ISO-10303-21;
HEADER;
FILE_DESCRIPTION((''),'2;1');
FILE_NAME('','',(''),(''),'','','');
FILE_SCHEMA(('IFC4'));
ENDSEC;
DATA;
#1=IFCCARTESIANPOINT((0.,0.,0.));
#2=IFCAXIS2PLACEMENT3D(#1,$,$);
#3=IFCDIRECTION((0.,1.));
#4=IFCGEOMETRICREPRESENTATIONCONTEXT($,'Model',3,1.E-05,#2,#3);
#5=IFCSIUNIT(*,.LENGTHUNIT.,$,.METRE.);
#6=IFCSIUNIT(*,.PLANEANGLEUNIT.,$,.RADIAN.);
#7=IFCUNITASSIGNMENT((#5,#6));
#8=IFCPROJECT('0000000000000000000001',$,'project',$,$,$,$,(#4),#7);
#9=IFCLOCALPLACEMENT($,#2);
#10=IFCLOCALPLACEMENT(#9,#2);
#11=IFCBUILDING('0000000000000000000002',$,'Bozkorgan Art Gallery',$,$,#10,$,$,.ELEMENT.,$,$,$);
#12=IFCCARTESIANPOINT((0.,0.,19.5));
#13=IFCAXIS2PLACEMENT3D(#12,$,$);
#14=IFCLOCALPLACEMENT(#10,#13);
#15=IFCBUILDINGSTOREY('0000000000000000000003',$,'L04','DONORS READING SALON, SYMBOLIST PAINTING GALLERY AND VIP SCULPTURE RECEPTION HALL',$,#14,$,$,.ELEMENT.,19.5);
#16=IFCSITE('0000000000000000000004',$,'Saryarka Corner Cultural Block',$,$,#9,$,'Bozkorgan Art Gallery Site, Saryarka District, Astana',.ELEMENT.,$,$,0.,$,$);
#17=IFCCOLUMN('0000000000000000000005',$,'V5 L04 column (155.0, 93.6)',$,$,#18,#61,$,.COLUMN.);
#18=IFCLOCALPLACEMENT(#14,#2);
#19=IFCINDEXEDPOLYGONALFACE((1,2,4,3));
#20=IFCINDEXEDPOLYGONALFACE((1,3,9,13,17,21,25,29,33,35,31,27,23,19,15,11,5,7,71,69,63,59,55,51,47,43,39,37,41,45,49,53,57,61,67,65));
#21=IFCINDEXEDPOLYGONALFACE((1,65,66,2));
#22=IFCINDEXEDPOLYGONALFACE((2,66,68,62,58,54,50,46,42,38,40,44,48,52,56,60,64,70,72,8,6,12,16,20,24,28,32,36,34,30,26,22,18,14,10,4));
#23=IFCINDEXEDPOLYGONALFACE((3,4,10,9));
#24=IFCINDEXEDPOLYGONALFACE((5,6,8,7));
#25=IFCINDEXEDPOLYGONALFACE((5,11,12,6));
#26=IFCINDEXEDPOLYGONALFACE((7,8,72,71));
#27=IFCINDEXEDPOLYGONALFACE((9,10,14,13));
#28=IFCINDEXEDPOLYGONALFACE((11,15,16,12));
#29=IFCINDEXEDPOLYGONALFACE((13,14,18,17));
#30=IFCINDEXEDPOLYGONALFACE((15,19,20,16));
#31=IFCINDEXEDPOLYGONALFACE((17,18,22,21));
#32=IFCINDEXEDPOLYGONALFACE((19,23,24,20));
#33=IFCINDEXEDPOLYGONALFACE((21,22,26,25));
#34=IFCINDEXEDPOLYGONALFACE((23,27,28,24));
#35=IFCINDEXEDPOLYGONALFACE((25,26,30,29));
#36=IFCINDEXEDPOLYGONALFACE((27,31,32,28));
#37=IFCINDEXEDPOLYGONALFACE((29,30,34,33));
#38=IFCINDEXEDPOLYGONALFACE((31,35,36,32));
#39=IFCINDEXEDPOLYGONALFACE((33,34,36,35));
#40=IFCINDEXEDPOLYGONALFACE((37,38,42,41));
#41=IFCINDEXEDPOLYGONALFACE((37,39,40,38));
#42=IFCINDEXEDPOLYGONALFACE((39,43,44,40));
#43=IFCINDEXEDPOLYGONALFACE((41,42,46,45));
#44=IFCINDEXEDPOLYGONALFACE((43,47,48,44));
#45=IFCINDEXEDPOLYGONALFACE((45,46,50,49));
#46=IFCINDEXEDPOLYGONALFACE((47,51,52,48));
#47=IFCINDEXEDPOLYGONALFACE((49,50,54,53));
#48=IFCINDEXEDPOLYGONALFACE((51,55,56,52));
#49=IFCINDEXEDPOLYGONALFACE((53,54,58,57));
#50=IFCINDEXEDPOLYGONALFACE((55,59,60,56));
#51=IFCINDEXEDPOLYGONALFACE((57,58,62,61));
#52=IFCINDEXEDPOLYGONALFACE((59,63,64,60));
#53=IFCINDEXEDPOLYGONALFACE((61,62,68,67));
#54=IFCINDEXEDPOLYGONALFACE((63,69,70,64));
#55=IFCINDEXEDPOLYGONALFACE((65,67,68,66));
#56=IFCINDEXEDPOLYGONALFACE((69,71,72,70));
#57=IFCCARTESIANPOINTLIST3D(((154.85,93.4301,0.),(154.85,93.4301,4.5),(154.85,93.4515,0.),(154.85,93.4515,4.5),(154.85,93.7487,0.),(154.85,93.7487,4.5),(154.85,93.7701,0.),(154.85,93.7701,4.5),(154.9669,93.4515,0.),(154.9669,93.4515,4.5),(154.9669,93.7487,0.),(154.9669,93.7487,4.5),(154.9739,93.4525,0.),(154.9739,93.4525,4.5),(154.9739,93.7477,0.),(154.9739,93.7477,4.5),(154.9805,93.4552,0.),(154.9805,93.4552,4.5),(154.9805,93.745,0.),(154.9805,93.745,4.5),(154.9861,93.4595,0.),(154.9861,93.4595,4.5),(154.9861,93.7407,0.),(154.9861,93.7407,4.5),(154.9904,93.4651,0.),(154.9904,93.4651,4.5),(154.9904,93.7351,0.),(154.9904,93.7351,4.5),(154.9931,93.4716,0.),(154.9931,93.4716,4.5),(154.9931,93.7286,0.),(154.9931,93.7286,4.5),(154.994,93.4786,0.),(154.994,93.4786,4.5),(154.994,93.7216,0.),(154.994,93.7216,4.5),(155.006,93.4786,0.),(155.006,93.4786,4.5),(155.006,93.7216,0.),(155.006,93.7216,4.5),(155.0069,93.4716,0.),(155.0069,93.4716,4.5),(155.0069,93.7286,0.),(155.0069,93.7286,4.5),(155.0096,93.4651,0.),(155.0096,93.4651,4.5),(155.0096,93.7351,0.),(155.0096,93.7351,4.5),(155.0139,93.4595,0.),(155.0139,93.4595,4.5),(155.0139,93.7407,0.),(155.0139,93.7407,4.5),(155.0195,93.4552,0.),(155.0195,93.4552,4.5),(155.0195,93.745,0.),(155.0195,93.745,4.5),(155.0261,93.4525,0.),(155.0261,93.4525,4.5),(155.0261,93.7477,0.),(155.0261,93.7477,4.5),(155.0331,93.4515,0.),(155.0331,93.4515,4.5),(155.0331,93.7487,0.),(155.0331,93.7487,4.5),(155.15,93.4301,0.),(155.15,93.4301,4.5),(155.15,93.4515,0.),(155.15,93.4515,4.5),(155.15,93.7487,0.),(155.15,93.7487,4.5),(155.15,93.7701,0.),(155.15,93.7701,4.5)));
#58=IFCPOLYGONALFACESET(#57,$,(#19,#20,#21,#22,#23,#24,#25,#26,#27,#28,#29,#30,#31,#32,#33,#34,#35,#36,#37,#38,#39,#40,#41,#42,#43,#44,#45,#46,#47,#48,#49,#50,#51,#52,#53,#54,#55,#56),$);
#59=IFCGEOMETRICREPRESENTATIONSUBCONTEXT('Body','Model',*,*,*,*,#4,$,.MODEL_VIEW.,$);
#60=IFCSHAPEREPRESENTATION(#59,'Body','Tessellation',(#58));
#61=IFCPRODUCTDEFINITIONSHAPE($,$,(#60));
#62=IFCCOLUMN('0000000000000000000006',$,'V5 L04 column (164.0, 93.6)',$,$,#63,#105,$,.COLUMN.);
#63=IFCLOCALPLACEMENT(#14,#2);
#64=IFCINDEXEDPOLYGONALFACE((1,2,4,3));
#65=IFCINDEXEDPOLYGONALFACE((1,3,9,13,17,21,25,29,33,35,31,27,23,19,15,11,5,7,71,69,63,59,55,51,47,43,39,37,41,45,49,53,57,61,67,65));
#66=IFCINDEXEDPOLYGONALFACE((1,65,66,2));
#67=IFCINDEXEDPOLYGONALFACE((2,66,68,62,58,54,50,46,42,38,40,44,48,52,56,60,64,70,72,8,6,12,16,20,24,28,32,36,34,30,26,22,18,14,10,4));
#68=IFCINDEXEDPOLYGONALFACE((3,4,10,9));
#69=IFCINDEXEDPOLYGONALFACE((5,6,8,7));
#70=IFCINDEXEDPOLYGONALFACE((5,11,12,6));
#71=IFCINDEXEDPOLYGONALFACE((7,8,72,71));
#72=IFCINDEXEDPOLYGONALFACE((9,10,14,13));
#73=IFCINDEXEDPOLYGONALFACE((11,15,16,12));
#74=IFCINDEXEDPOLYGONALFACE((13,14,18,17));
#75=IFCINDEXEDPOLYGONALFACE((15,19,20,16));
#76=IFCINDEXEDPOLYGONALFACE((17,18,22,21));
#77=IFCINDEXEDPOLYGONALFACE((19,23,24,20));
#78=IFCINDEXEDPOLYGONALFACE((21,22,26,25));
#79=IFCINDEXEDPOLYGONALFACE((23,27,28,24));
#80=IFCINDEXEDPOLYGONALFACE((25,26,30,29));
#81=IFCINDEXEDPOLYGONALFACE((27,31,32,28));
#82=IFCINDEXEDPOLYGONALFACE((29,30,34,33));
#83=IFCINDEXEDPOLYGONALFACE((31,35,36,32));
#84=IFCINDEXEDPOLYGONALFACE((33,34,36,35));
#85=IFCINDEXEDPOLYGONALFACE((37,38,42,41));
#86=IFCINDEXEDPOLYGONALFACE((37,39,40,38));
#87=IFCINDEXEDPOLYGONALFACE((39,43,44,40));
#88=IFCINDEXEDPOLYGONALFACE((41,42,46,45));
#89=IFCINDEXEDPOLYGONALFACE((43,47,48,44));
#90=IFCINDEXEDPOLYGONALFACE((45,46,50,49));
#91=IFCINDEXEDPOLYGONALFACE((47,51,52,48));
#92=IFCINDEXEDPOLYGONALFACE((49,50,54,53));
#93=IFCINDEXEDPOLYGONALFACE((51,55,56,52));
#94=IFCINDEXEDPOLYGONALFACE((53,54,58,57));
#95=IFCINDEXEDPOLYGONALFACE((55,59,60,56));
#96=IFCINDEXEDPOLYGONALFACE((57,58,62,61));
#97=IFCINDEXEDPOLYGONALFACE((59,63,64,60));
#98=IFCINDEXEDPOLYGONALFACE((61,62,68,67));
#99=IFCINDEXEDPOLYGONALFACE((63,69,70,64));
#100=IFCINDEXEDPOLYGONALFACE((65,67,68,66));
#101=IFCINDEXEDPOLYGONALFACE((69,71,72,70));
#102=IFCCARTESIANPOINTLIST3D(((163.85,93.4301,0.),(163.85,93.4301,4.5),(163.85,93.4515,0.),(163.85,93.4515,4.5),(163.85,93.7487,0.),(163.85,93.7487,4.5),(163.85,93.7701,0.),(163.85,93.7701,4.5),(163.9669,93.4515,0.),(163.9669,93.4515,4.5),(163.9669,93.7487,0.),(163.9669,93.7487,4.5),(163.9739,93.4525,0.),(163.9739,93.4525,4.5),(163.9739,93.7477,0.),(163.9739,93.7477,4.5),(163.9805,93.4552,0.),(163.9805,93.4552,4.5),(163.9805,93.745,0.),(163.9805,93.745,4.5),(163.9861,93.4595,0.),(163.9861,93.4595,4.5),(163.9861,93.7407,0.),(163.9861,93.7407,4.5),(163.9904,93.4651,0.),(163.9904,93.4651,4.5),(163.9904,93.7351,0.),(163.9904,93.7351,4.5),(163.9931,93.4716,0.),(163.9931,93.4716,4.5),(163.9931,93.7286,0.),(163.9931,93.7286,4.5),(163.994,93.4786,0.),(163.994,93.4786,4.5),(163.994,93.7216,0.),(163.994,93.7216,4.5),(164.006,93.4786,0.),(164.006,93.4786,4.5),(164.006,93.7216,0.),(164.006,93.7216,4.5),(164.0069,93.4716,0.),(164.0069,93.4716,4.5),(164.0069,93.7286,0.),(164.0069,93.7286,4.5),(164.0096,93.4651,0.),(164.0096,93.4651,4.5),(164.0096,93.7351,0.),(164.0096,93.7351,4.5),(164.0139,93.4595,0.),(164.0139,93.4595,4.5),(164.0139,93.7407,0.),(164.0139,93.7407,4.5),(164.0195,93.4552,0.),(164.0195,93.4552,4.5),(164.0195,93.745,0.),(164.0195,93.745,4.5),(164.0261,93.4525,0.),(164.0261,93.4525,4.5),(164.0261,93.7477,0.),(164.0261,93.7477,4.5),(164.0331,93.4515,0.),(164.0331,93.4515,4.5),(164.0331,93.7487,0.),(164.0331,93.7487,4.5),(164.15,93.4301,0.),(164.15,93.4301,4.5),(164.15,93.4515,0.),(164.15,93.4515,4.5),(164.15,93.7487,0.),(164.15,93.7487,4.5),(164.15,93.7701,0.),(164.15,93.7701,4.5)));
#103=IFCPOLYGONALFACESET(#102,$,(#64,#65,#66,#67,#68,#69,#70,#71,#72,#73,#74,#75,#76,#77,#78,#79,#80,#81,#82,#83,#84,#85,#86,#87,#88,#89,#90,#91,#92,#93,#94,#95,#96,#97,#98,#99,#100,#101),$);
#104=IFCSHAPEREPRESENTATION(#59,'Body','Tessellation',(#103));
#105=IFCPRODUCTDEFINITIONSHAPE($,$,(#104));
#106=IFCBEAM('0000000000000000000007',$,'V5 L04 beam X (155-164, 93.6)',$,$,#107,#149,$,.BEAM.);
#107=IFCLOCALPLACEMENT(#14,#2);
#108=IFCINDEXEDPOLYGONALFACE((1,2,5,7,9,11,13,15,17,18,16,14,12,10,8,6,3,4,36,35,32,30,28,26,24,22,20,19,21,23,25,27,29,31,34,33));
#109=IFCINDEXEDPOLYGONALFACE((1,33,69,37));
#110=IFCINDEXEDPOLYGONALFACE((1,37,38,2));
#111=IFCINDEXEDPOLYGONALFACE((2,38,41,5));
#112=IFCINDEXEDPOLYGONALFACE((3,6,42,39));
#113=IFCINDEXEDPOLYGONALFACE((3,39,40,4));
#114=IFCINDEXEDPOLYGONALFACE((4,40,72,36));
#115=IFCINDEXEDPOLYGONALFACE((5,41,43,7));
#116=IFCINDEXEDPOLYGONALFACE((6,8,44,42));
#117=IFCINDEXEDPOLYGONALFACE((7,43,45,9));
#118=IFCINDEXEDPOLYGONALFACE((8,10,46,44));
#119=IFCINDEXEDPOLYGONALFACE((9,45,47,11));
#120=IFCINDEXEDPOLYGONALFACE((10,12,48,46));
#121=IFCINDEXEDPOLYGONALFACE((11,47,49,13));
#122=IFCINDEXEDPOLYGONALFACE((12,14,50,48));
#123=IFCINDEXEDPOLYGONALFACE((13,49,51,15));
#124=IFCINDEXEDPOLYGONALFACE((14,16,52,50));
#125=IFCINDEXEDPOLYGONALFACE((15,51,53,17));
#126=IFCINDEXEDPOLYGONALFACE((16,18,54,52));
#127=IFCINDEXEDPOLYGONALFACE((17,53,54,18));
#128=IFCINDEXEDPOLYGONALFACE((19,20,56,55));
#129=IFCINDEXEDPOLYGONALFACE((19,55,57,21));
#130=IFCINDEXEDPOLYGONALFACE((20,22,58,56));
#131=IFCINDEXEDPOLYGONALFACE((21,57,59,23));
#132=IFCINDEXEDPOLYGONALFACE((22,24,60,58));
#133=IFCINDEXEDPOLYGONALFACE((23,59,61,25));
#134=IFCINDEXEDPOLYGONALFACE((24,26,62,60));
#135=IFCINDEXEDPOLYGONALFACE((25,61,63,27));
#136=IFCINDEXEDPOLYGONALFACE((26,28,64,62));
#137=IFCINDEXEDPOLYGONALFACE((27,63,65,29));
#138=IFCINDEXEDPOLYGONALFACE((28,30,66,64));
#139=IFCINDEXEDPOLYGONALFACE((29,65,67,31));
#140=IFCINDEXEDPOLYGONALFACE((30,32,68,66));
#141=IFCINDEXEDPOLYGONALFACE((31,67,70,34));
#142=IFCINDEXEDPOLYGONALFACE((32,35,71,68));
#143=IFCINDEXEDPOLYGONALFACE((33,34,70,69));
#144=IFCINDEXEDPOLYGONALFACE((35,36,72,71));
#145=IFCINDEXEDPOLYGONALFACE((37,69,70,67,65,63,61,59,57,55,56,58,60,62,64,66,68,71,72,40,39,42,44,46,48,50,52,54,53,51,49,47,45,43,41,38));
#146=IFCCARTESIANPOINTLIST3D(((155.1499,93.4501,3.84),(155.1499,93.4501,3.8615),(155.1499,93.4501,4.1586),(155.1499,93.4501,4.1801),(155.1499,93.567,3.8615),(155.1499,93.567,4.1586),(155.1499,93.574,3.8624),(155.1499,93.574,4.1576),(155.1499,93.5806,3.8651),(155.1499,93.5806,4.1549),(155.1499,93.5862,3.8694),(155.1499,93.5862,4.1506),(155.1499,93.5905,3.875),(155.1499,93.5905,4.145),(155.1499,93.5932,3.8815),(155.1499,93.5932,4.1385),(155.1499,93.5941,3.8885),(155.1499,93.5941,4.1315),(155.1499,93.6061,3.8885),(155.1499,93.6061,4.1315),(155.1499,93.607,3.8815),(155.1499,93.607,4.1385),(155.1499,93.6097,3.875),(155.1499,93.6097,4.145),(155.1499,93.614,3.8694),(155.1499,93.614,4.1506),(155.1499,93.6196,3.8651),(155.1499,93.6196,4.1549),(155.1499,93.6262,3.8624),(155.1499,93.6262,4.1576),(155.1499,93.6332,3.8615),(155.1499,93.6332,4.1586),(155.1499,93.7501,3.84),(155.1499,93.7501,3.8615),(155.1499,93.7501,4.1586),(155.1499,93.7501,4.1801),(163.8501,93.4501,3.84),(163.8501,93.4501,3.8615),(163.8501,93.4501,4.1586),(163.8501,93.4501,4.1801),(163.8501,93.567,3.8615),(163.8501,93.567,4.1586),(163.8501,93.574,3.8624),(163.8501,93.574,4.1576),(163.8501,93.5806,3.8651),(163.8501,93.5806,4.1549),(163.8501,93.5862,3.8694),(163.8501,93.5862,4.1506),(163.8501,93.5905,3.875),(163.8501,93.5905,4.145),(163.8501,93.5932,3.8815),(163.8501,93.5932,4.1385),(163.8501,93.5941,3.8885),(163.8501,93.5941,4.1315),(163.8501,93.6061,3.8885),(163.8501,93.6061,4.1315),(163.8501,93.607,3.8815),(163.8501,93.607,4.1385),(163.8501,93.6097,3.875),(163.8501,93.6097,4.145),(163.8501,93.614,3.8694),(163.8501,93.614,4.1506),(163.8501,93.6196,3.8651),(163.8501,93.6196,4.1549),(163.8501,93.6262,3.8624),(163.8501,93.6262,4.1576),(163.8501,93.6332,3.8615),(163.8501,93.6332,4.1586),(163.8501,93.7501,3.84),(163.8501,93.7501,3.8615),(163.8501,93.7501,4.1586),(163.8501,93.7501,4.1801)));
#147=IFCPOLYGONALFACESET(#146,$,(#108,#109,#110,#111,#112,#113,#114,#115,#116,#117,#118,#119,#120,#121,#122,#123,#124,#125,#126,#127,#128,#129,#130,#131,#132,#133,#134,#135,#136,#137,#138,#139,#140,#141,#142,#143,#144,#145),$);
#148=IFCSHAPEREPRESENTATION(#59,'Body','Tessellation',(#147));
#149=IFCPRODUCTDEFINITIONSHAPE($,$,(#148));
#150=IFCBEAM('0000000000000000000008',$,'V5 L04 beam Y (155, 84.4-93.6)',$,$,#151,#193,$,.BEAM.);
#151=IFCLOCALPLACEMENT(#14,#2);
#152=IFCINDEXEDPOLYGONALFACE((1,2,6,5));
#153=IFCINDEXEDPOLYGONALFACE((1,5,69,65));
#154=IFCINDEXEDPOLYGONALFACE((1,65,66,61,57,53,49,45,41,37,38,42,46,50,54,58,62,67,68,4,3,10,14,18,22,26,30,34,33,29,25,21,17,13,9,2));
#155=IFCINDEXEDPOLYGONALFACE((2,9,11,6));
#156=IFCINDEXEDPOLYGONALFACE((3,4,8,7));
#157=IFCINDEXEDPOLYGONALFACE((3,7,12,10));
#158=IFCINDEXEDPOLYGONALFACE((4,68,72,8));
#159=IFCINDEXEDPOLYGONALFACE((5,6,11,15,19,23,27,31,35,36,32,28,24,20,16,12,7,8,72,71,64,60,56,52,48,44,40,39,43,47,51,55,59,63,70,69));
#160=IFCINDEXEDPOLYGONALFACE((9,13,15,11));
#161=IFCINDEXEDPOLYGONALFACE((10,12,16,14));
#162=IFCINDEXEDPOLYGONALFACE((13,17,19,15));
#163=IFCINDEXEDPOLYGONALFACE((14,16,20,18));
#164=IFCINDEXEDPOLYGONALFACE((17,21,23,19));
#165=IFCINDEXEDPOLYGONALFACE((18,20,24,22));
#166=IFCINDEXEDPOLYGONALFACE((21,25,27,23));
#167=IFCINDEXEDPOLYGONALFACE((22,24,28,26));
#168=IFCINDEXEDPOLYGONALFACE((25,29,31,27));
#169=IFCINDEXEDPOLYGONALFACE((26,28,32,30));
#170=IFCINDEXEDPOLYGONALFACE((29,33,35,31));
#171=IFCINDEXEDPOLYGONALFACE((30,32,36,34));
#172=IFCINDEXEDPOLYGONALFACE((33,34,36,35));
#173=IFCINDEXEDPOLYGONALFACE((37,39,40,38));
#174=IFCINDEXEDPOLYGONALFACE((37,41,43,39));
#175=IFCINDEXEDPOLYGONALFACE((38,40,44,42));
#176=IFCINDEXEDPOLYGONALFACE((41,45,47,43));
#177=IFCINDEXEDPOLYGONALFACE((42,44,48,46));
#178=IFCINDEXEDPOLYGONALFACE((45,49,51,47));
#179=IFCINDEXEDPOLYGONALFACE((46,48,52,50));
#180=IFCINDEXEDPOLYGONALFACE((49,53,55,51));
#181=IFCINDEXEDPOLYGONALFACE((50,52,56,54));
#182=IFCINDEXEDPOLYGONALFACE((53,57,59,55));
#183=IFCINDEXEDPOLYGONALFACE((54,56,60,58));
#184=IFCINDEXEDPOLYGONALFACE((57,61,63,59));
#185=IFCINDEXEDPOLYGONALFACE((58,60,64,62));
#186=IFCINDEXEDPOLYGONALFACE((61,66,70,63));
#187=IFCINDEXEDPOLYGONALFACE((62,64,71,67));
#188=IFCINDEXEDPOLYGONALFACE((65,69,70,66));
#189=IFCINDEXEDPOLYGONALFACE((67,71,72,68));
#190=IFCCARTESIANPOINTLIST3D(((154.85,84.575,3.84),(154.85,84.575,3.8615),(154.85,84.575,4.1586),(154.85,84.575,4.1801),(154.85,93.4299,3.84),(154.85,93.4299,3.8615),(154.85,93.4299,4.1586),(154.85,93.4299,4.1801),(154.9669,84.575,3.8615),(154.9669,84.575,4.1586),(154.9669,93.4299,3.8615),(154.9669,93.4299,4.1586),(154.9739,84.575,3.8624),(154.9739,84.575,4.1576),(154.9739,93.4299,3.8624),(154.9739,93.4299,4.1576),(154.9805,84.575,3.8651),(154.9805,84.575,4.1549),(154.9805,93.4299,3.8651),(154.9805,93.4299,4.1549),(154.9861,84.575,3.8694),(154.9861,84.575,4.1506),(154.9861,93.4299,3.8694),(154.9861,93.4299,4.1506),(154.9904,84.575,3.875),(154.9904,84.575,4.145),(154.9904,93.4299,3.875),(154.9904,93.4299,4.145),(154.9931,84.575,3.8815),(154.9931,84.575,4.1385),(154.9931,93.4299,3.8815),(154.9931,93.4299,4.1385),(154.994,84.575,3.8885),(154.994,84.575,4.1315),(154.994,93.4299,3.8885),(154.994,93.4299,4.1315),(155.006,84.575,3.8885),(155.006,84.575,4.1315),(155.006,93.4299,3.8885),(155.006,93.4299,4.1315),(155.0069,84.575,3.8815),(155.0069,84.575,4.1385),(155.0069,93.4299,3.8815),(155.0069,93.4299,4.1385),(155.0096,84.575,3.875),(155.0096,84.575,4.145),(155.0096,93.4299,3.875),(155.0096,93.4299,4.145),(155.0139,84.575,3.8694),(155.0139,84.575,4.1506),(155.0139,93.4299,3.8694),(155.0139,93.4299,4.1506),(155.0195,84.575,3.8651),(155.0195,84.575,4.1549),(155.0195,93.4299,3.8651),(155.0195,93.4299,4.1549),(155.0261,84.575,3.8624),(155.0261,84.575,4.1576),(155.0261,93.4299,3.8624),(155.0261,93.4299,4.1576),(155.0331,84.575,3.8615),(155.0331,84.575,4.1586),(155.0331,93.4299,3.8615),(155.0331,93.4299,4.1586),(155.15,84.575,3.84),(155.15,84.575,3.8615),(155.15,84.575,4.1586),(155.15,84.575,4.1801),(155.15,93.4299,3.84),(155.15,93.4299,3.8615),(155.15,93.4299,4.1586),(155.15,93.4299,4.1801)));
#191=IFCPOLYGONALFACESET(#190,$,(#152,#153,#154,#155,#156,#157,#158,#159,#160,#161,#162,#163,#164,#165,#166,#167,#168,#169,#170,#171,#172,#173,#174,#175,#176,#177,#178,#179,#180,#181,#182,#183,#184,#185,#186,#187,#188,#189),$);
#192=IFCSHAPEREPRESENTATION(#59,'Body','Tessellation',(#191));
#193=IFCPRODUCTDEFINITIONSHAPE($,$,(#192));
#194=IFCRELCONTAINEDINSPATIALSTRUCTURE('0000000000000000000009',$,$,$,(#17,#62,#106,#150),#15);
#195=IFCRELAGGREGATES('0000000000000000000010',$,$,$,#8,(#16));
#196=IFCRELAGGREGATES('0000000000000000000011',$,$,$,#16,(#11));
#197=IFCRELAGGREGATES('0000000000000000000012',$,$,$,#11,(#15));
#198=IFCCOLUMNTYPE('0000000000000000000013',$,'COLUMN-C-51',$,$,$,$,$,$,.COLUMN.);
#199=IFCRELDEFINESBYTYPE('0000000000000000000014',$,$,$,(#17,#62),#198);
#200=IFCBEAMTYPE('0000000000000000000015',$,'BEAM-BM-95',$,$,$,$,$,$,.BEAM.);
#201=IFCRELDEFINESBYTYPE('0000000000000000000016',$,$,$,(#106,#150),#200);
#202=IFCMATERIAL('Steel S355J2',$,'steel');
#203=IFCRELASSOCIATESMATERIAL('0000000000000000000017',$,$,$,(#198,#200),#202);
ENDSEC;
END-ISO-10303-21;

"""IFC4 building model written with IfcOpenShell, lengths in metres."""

from ifc_helpers import new_model, si_unit, direction, frame, origin, origin_2d, place, context, subcontext, project, spatial, i_section, extrude, material, material_profile, profile_set, type_object, element, save


model = new_model("IFC4")

# Units and contexts
model_context = context("Model", 3, precision=1e-05, world=origin(), true_north=direction((0.0, 1.0)))
body_context = subcontext(model_context, "Body", "Model", "MODEL_VIEW")
ifc_project = project(units=[si_unit("LENGTHUNIT", "METRE"), si_unit("PLANEANGLEUNIT", "RADIAN")], contexts=[model_context])

# Site, building, storey
site_placement = place(None, origin())
site = spatial("IfcSite", under=ifc_project, at=site_placement, Name="Saryarka Corner Cultural Block", LongName="Bozkorgan Art Gallery Site, Saryarka District, Astana", CompositionType="ELEMENT", RefElevation=0.0)
building_placement = place(site_placement, origin())
building = spatial("IfcBuilding", under=site, at=building_placement, Name="Bozkorgan Art Gallery", CompositionType="ELEMENT")
storey_placement = place(building_placement, frame((0.0, 0.0, 19.5)))
storey = spatial("IfcBuildingStorey", under=building, at=storey_placement, Name="L04", Description="DONORS READING SALON, SYMBOLIST PAINTING GALLERY AND VIP SCULPTURE RECEPTION HALL", CompositionType="ELEMENT", Elevation=19.5)

# Columns
ifc_material_1 = material(Name="Steel S355J2", Category="steel")
ifc_material_profile_1 = material_profile(ifc_material_1, i_section(OverallWidth=0.3, OverallDepth=0.3401, WebThickness=0.012, FlangeThickness=0.0215, FilletRadius=0.0271, at=origin_2d()), Name="HEB 340")
ifc_profile_set_1 = profile_set([ifc_material_profile_1], Name="Steel S355J2")
column_type = type_object("IfcColumnType", Name="COLUMN-C-51", PredefinedType="COLUMN", material=ifc_profile_set_1)
for number, where, z_axis, x_axis, name in (
    (1, (155.0, 93.6001, 0.0), (0.0, 0.0, 1.0), (1.0, 0.0, 0.0), "V5 L04 column (155.0, 93.6)"),
    (2, (164.0, 93.6001, 0.0), (0.0, 0.0, 1.0), (1.0, 0.0, 0.0), "V5 L04 column (164.0, 93.6)"),
):
    element("IfcColumn", number, at=place(storey_placement, frame(where, z_axis=z_axis, x_axis=x_axis)), inside=storey, type_object=column_type, Name=name, PredefinedType="COLUMN", context=body_context, shape_type="SweptSolid", body=[
        extrude(i_section(OverallWidth=0.3, OverallDepth=0.3401, WebThickness=0.012, FlangeThickness=0.0215, FilletRadius=0.0271, at=origin_2d()), origin(), (0.0, 0.0, 1.0), 4.5),
    ])

# Beams
ifc_material_profile_2 = material_profile(ifc_material_1, i_section(OverallWidth=0.3, OverallDepth=0.3401, WebThickness=0.012, FlangeThickness=0.0215, FilletRadius=0.0271, at=origin_2d()), Name="HEB 340")
ifc_profile_set_2 = profile_set([ifc_material_profile_2], Name="Steel S355J2")
beam_type = type_object("IfcBeamType", Name="BEAM-BM-95", PredefinedType="BEAM", material=ifc_profile_set_2)
beam_1_placement = place(storey_placement, frame((155.1499, 93.6001, 4.01), z_axis=(1.0, 0.0, 0.0), x_axis=(0.0, 1.0, 0.0)))
element("IfcBeam", 3, at=beam_1_placement, inside=storey, type_object=beam_type, Name="V5 L04 beam X (155-164, 93.6)", PredefinedType="BEAM", context=body_context, shape_type="SweptSolid", body=[
    extrude(i_section(OverallWidth=0.3, OverallDepth=0.3401, WebThickness=0.012, FlangeThickness=0.0215, FilletRadius=0.0271, at=origin_2d()), origin(), (0.0, 0.0, 1.0), 8.7002),
])
beam_2_placement = place(storey_placement, frame((155.0, 84.575, 4.01), z_axis=(0.0, 1.0, 0.0), x_axis=(-1.0, 0.0, 0.0)))
element("IfcBeam", 4, at=beam_2_placement, inside=storey, type_object=beam_type, Name="V5 L04 beam Y (155, 84.4-93.6)", PredefinedType="BEAM", context=body_context, shape_type="SweptSolid", body=[
    extrude(i_section(OverallWidth=0.3, OverallDepth=0.3401, WebThickness=0.012, FlangeThickness=0.0215, FilletRadius=0.0271, at=origin_2d()), origin(), (0.0, 0.0, 1.0), 8.855),
])

save(model, "model.ifc")
